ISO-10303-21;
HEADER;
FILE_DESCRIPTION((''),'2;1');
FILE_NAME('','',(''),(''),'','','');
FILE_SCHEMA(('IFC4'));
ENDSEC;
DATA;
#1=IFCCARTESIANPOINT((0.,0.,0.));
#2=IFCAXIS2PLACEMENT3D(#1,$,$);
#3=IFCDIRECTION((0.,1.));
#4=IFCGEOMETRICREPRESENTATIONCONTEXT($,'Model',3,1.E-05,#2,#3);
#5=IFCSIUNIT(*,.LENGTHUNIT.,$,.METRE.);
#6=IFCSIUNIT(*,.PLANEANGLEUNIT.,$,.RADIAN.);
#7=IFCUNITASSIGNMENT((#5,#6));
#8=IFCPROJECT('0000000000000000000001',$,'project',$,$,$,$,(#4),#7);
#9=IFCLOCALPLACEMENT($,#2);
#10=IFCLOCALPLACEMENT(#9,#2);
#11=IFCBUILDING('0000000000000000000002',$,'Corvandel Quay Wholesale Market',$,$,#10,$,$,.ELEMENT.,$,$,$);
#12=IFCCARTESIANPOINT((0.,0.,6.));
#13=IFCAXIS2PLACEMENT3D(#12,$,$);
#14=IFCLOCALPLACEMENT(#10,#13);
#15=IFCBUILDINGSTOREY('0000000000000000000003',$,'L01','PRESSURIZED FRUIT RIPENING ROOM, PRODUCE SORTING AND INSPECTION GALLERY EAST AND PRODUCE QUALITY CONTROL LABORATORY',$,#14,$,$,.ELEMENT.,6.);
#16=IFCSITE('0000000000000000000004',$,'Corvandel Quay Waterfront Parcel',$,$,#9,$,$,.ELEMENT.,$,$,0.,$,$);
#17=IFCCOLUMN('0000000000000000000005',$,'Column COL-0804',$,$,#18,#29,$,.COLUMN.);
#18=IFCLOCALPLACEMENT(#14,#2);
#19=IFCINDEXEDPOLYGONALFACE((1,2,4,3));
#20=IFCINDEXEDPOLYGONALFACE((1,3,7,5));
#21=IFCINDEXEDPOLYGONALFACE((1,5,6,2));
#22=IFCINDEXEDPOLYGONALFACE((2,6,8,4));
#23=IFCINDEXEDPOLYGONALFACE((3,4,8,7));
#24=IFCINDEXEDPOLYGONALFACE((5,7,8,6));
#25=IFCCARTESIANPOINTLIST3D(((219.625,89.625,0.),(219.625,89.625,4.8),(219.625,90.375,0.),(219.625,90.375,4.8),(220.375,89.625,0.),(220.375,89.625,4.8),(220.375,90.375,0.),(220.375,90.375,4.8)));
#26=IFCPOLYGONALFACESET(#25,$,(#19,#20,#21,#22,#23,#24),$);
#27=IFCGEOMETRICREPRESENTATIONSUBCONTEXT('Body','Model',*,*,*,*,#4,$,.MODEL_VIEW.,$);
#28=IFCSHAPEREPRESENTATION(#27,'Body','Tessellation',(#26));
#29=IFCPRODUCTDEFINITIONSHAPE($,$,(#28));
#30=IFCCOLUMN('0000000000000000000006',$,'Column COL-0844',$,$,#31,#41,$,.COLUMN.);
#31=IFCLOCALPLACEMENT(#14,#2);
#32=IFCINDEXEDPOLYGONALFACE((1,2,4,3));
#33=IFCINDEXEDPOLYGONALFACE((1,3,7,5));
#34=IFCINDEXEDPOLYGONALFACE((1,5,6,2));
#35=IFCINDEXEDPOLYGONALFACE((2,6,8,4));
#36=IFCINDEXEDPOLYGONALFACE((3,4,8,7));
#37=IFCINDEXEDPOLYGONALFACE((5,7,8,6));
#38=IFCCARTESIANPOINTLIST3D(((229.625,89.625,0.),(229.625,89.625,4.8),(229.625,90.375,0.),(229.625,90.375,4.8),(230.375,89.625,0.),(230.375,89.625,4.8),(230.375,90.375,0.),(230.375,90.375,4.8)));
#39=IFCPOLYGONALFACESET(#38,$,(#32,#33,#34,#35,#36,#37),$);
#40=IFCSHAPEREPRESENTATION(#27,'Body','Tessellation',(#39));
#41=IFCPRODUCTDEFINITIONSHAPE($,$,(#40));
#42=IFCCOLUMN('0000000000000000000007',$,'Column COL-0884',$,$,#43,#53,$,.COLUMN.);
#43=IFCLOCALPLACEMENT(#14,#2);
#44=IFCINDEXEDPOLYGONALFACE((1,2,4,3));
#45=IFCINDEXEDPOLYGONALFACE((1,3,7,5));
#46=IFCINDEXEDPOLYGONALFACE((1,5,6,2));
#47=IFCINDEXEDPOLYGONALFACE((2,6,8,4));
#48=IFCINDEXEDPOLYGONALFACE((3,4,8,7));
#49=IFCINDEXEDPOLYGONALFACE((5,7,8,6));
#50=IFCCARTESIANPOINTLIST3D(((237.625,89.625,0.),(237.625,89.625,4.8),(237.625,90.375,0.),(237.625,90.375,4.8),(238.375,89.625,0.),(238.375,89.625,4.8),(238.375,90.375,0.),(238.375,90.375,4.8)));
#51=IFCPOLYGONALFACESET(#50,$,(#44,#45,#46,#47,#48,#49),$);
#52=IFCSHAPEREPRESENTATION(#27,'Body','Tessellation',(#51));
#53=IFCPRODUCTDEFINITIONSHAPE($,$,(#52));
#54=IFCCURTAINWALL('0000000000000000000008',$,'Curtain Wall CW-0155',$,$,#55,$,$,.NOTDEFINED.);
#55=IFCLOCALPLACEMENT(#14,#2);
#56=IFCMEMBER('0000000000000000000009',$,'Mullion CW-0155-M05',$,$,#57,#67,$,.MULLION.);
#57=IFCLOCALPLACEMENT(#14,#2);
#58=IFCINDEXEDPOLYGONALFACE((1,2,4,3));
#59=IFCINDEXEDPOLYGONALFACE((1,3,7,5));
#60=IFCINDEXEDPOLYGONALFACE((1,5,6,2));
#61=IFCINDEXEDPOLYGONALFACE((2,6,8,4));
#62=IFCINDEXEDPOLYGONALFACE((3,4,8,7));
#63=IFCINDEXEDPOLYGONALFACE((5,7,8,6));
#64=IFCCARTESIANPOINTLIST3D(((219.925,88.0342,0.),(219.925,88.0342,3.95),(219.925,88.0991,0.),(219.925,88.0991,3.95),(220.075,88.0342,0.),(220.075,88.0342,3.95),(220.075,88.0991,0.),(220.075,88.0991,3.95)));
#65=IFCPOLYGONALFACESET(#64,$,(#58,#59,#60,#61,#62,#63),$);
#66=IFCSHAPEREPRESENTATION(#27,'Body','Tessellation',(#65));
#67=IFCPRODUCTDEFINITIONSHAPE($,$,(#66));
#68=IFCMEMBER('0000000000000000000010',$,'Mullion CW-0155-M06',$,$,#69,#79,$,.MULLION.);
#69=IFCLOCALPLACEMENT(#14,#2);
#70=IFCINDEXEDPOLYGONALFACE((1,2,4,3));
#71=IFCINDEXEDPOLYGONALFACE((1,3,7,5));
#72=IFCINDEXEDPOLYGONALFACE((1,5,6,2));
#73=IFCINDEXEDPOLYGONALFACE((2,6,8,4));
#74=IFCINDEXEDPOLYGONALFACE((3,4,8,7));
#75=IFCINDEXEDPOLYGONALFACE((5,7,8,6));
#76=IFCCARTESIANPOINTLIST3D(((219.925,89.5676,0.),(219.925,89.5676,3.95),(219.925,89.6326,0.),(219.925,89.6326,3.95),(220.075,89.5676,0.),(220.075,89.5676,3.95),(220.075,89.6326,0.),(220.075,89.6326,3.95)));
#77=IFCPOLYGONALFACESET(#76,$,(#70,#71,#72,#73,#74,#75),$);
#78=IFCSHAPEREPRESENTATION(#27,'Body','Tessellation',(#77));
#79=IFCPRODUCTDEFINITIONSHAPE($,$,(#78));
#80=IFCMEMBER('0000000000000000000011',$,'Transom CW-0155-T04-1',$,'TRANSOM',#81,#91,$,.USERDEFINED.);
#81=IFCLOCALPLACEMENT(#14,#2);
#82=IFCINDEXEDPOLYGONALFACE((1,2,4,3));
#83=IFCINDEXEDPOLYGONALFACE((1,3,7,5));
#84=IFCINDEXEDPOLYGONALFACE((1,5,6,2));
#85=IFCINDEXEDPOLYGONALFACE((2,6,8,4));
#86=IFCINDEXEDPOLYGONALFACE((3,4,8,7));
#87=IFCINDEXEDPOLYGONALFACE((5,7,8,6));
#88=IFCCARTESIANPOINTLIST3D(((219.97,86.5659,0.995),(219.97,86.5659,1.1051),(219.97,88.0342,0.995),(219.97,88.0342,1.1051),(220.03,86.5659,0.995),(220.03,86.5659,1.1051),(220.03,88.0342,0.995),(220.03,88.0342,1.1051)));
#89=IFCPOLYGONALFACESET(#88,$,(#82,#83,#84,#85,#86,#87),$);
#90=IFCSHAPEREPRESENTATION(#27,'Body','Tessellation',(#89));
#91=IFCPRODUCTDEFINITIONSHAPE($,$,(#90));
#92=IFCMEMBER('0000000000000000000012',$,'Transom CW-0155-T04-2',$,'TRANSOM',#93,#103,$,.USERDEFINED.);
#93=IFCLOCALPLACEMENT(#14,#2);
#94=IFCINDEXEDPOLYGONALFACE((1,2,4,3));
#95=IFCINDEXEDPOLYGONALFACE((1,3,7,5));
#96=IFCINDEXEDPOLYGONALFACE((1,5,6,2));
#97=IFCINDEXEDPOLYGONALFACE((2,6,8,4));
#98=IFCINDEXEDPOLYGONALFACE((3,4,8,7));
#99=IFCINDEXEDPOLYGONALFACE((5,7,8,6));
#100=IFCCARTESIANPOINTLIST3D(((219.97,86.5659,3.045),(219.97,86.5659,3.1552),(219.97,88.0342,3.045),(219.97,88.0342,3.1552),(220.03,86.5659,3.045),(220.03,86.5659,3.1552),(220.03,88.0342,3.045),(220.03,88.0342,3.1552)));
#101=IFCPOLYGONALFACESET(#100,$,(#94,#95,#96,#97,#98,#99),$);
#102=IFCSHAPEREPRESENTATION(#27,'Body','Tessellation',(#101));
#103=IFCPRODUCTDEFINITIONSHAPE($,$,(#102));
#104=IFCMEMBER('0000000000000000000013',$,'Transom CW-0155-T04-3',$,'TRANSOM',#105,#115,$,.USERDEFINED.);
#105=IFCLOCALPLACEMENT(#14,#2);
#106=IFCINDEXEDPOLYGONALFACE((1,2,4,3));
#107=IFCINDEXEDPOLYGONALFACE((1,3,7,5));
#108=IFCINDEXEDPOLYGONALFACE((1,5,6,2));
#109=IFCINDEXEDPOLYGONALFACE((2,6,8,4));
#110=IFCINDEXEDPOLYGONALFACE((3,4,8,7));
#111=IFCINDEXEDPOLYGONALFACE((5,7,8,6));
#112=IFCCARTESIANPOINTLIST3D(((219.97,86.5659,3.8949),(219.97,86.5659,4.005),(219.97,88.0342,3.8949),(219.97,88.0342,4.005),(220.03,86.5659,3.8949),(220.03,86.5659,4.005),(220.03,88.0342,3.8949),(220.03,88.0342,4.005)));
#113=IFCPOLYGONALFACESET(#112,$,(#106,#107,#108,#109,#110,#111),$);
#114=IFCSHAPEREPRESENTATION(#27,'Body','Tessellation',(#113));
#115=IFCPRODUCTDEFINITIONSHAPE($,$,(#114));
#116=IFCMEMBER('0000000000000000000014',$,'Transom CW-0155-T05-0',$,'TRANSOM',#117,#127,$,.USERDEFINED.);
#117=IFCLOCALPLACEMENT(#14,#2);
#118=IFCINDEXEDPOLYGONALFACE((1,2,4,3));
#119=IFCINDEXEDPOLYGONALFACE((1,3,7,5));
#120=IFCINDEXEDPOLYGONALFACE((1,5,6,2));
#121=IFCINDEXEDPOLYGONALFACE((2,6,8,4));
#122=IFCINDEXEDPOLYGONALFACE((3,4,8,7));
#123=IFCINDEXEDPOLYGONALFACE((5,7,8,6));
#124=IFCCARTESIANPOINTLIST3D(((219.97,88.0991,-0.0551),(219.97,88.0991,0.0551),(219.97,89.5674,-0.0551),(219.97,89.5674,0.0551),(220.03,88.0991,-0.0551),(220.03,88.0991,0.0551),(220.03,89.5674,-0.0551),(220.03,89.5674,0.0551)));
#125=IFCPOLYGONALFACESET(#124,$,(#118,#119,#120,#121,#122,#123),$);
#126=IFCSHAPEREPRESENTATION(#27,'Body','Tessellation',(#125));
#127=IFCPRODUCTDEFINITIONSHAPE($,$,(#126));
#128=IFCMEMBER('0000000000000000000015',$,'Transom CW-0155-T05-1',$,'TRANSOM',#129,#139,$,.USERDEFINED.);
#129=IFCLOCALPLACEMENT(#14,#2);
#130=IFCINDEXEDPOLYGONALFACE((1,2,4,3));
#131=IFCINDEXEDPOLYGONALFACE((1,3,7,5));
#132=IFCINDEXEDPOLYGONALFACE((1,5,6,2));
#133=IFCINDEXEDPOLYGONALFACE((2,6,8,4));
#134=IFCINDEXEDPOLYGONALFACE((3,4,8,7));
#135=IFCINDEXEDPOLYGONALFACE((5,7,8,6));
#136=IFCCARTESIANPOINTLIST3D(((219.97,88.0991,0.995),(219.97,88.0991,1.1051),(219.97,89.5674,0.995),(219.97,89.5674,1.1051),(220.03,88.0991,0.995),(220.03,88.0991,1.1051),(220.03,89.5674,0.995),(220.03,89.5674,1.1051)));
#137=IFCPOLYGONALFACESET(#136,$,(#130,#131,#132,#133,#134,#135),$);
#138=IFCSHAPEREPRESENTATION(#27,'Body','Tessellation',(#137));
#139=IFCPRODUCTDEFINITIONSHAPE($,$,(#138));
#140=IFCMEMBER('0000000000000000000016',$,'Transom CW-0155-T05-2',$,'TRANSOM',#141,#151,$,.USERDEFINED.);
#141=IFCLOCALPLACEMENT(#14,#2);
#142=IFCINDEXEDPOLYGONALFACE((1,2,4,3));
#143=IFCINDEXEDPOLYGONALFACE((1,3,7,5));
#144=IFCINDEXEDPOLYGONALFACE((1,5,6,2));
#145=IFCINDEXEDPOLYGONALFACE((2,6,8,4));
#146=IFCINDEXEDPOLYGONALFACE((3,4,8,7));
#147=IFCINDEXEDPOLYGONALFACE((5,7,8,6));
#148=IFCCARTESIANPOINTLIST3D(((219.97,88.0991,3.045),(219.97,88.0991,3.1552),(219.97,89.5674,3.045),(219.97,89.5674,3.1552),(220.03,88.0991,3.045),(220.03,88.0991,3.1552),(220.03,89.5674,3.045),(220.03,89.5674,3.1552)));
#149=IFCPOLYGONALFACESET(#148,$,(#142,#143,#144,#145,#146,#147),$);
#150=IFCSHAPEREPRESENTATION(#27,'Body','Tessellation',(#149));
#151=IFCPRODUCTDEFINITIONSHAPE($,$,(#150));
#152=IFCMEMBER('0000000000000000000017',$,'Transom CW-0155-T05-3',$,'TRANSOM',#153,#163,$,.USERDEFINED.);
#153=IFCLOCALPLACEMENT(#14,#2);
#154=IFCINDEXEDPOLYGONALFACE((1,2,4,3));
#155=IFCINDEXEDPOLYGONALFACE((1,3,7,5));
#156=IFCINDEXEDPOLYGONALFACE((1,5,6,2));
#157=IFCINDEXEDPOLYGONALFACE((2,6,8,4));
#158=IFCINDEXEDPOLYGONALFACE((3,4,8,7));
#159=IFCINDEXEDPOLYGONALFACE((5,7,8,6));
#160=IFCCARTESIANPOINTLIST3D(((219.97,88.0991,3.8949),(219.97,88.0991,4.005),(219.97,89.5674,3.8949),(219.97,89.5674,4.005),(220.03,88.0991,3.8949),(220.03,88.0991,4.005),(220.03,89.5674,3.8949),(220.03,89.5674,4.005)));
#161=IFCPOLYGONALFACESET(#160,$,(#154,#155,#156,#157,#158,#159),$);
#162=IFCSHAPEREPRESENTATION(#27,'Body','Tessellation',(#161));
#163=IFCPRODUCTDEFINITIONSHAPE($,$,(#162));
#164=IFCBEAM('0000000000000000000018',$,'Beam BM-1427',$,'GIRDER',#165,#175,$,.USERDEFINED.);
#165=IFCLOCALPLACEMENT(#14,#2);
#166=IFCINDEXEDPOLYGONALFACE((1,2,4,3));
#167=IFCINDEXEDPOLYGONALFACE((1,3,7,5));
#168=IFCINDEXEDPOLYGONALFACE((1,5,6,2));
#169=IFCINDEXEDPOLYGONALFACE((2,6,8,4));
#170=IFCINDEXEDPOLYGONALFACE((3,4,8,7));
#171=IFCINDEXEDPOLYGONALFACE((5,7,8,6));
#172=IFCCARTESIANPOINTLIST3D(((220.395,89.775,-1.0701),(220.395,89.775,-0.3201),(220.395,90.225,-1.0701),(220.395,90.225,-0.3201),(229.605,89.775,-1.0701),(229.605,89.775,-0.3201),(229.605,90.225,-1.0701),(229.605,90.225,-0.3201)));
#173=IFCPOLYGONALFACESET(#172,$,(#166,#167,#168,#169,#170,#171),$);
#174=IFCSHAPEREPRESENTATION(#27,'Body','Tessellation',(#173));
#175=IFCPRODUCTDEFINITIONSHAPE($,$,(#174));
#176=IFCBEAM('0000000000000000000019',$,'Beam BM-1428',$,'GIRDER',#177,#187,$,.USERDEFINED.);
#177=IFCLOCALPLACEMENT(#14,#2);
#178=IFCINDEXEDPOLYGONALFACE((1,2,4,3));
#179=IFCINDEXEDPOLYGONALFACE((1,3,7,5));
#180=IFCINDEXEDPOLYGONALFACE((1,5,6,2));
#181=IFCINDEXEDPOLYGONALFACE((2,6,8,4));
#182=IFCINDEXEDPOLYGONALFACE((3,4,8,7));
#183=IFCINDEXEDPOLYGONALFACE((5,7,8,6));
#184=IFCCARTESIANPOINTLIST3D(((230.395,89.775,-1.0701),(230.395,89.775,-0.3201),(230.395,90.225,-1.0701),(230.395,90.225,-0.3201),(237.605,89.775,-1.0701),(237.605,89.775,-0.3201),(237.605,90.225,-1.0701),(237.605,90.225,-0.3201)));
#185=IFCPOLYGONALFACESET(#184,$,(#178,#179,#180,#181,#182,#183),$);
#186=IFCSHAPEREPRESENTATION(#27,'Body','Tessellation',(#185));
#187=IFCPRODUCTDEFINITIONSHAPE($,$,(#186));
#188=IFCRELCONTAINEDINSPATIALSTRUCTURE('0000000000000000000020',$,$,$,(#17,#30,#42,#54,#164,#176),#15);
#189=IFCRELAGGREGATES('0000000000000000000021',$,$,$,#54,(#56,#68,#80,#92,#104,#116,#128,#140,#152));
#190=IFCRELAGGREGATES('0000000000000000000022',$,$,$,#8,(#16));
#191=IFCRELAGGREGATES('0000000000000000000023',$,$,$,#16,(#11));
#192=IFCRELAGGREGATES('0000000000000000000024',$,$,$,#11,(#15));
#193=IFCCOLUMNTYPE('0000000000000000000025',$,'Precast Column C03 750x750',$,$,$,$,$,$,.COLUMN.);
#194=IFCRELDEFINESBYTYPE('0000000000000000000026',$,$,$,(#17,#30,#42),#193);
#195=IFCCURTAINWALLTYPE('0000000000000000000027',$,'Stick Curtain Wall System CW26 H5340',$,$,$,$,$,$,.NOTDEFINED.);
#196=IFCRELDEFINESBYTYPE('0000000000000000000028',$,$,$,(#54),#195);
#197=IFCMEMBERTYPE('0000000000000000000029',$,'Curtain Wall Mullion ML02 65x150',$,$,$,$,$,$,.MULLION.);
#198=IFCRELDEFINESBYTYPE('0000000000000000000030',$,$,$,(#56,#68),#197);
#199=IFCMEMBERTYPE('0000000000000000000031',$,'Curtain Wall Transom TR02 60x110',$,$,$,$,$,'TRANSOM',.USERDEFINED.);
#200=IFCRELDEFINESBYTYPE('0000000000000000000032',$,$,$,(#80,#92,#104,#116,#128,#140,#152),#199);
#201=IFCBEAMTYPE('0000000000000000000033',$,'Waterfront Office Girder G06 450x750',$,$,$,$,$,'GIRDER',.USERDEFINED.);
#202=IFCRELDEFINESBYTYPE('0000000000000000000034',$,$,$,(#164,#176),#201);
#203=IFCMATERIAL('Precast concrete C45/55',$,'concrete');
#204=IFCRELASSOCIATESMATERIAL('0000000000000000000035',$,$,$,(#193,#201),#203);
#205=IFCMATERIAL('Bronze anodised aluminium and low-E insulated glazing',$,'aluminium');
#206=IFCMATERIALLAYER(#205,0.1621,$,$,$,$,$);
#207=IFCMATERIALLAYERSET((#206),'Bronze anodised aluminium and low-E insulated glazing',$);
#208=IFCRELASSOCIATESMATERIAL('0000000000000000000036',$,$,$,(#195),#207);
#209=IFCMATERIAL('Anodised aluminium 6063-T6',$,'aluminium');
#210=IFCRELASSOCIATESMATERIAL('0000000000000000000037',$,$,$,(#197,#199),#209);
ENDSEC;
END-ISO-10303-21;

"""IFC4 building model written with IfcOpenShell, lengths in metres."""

from ifc_helpers import new_model, si_unit, direction, frame, origin, origin_2d, place, context, subcontext, project, spatial, rectangle, extrude, material, layer, layer_set, material_profile, profile_set, type_object, element, aggregate, save


model = new_model("IFC4")

# Units and contexts
model_context = context("Model", 3, precision=1e-05, world=origin(), true_north=direction((0.0, 1.0)))
body_context = subcontext(model_context, "Body", "Model", "MODEL_VIEW")
ifc_project = project(units=[si_unit("LENGTHUNIT", "METRE"), si_unit("PLANEANGLEUNIT", "RADIAN")], contexts=[model_context])

# Site, building, storey
site_placement = place(None, origin())
site = spatial("IfcSite", under=ifc_project, at=site_placement, Name="Corvandel Quay Waterfront Parcel", CompositionType="ELEMENT", RefElevation=0.0)
building_placement = place(site_placement, origin())
building = spatial("IfcBuilding", under=site, at=building_placement, Name="Corvandel Quay Wholesale Market", CompositionType="ELEMENT")
storey_placement = place(building_placement, frame((0.0, 0.0, 6.0)))
storey = spatial("IfcBuildingStorey", under=building, at=storey_placement, Name="L01", Description="PRESSURIZED FRUIT RIPENING ROOM, PRODUCE SORTING AND INSPECTION GALLERY EAST AND PRODUCE QUALITY CONTROL LABORATORY", CompositionType="ELEMENT", Elevation=6.0)

# Columns
ifc_material_1 = material(Name="Precast concrete C45/55", Category="concrete")
ifc_material_profile_1 = material_profile(ifc_material_1, rectangle(XDim=0.75, YDim=0.75, at=origin_2d()), Name="PC-COL-750x750")
ifc_profile_set_1 = profile_set([ifc_material_profile_1], Name="Precast concrete C45/55")
column_type = type_object("IfcColumnType", Name="Precast Column C03 750x750", PredefinedType="COLUMN", material=ifc_profile_set_1)
for number, where, z_axis, x_axis, name in (
    (1, (220.0, 90.0, 0.0), (0.0, 0.0, 1.0), (1.0, 0.0, 0.0), "Column COL-0804"),
    (2, (230.0, 90.0, 0.0), (0.0, 0.0, 1.0), (1.0, 0.0, 0.0), "Column COL-0844"),
    (3, (238.0, 90.0, 0.0), (0.0, 0.0, 1.0), (1.0, 0.0, 0.0), "Column COL-0884"),
):
    element("IfcColumn", number, at=place(storey_placement, frame(where, z_axis=z_axis, x_axis=x_axis)), inside=storey, type_object=column_type, Name=name, PredefinedType="COLUMN", context=body_context, shape_type="SweptSolid", body=[
        extrude(rectangle(XDim=0.75, YDim=0.75, at=origin_2d()), origin(), (0.0, 0.0, 1.0), 4.8),
    ])

# Curtain wall, members
ifc_material_2 = material(Name="Bronze anodised aluminium and low-E insulated glazing", Category="aluminium")
ifc_layer_1 = layer(ifc_material_2, 0.1621)
ifc_layer_set_1 = layer_set([ifc_layer_1], Name="Bronze anodised aluminium and low-E insulated glazing")
curtain_wall_type = type_object("IfcCurtainWallType", Name="Stick Curtain Wall System CW26 H5340", PredefinedType="NOTDEFINED", material=ifc_layer_set_1)
curtain_wall_placement = place(storey_placement, origin())
curtain_wall = element("IfcCurtainWall", 4, at=curtain_wall_placement, inside=storey, type_object=curtain_wall_type, Name="Curtain Wall CW-0155", PredefinedType="NOTDEFINED")
ifc_material_3 = material(Name="Anodised aluminium 6063-T6", Category="aluminium")
ifc_material_profile_2 = material_profile(ifc_material_3, rectangle(XDim=0.0649, YDim=0.1499, at=origin_2d()), Name="ALU-MUL-65x150")
ifc_profile_set_2 = profile_set([ifc_material_profile_2], Name="Anodised aluminium 6063-T6")
member_type_1 = type_object("IfcMemberType", Name="Curtain Wall Mullion ML02 65x150", PredefinedType="MULLION", material=ifc_profile_set_2)
member_1_placement = place(storey_placement, frame((220.0, 88.0667, 0.0), z_axis=(0.0, 0.0, 1.0), x_axis=(0.0, 1.0, 0.0)))
member_1 = element("IfcMember", 5, at=member_1_placement, type_object=member_type_1, Name="Mullion CW-0155-M05", PredefinedType="MULLION", context=body_context, shape_type="SweptSolid", body=[
    extrude(rectangle(XDim=0.0649, YDim=0.1499, at=origin_2d()), origin(), (0.0, 0.0, 1.0), 3.95),
])
member_2_placement = place(storey_placement, frame((220.0, 89.6001, 0.0), z_axis=(0.0, 0.0, 1.0), x_axis=(0.0, 1.0, 0.0)))
member_2 = element("IfcMember", 6, at=member_2_placement, type_object=member_type_1, Name="Mullion CW-0155-M06", PredefinedType="MULLION", context=body_context, shape_type="SweptSolid", body=[
    extrude(rectangle(XDim=0.0649, YDim=0.1499, at=origin_2d()), origin(), (0.0, 0.0, 1.0), 3.95),
])
ifc_material_profile_3 = material_profile(ifc_material_3, rectangle(XDim=0.0601, YDim=0.1101, at=origin_2d()), Name="ALU-TRN-60x110")
ifc_profile_set_3 = profile_set([ifc_material_profile_3], Name="Anodised aluminium 6063-T6")
member_type_2 = type_object("IfcMemberType", Name="Curtain Wall Transom TR02 60x110", ElementType="TRANSOM", PredefinedType="USERDEFINED", material=ifc_profile_set_3)
member_3_placement = place(storey_placement, frame((220.0, 86.5659, 1.05), z_axis=(0.0, 1.0, 0.0), x_axis=(-1.0, 0.0, 0.0)))
member_3 = element("IfcMember", 7, at=member_3_placement, type_object=member_type_2, Name="Transom CW-0155-T04-1", ObjectType="TRANSOM", PredefinedType="USERDEFINED", context=body_context, shape_type="SweptSolid", body=[
    extrude(rectangle(XDim=0.0601, YDim=0.1101, at=origin_2d()), origin(), (0.0, 0.0, 1.0), 1.4683),
])
member_4_placement = place(storey_placement, frame((220.0, 86.5659, 3.1001), z_axis=(0.0, 1.0, 0.0), x_axis=(-1.0, 0.0, 0.0)))
member_4 = element("IfcMember", 8, at=member_4_placement, type_object=member_type_2, Name="Transom CW-0155-T04-2", ObjectType="TRANSOM", PredefinedType="USERDEFINED", context=body_context, shape_type="SweptSolid", body=[
    extrude(rectangle(XDim=0.0601, YDim=0.1101, at=origin_2d()), origin(), (0.0, 0.0, 1.0), 1.4683),
])
member_5_placement = place(storey_placement, frame((220.0, 86.5659, 3.95), z_axis=(0.0, 1.0, 0.0), x_axis=(-1.0, 0.0, 0.0)))
member_5 = element("IfcMember", 9, at=member_5_placement, type_object=member_type_2, Name="Transom CW-0155-T04-3", ObjectType="TRANSOM", PredefinedType="USERDEFINED", context=body_context, shape_type="SweptSolid", body=[
    extrude(rectangle(XDim=0.0601, YDim=0.1101, at=origin_2d()), origin(), (0.0, 0.0, 1.0), 1.4683),
])
member_6_placement = place(storey_placement, frame((220.0, 88.0991, 0.0), z_axis=(0.0, 1.0, 0.0), x_axis=(-1.0, 0.0, 0.0)))
member_6 = element("IfcMember", 10, at=member_6_placement, type_object=member_type_2, Name="Transom CW-0155-T05-0", ObjectType="TRANSOM", PredefinedType="USERDEFINED", context=body_context, shape_type="SweptSolid", body=[
    extrude(rectangle(XDim=0.0601, YDim=0.1101, at=origin_2d()), origin(), (0.0, 0.0, 1.0), 1.4683),
])
member_7_placement = place(storey_placement, frame((220.0, 88.0991, 1.05), z_axis=(0.0, 1.0, 0.0), x_axis=(-1.0, 0.0, 0.0)))
member_7 = element("IfcMember", 11, at=member_7_placement, type_object=member_type_2, Name="Transom CW-0155-T05-1", ObjectType="TRANSOM", PredefinedType="USERDEFINED", context=body_context, shape_type="SweptSolid", body=[
    extrude(rectangle(XDim=0.0601, YDim=0.1101, at=origin_2d()), origin(), (0.0, 0.0, 1.0), 1.4683),
])
member_8_placement = place(storey_placement, frame((220.0, 88.0991, 3.1001), z_axis=(0.0, 1.0, 0.0), x_axis=(-1.0, 0.0, 0.0)))
member_8 = element("IfcMember", 12, at=member_8_placement, type_object=member_type_2, Name="Transom CW-0155-T05-2", ObjectType="TRANSOM", PredefinedType="USERDEFINED", context=body_context, shape_type="SweptSolid", body=[
    extrude(rectangle(XDim=0.0601, YDim=0.1101, at=origin_2d()), origin(), (0.0, 0.0, 1.0), 1.4683),
])
member_9_placement = place(storey_placement, frame((220.0, 88.0991, 3.95), z_axis=(0.0, 1.0, 0.0), x_axis=(-1.0, 0.0, 0.0)))
member_9 = element("IfcMember", 13, at=member_9_placement, type_object=member_type_2, Name="Transom CW-0155-T05-3", ObjectType="TRANSOM", PredefinedType="USERDEFINED", context=body_context, shape_type="SweptSolid", body=[
    extrude(rectangle(XDim=0.0601, YDim=0.1101, at=origin_2d()), origin(), (0.0, 0.0, 1.0), 1.4683),
])

# Beams
ifc_material_profile_4 = material_profile(ifc_material_1, rectangle(XDim=0.45, YDim=0.75, at=origin_2d()), Name="PC-GIR-450x750")
ifc_profile_set_4 = profile_set([ifc_material_profile_4], Name="Precast concrete C45/55")
beam_type = type_object("IfcBeamType", Name="Waterfront Office Girder G06 450x750", ElementType="GIRDER", PredefinedType="USERDEFINED", material=ifc_profile_set_4)
beam_1_placement = place(storey_placement, frame((220.395, 90.0, -0.6951), z_axis=(1.0, 0.0, 0.0), x_axis=(0.0, 1.0, 0.0)))
element("IfcBeam", 14, at=beam_1_placement, inside=storey, type_object=beam_type, Name="Beam BM-1427", ObjectType="GIRDER", PredefinedType="USERDEFINED", context=body_context, shape_type="SweptSolid", body=[
    extrude(rectangle(XDim=0.45, YDim=0.75, at=origin_2d()), origin(), (0.0, 0.0, 1.0), 9.21),
])
beam_2_placement = place(storey_placement, frame((230.395, 90.0, -0.6951), z_axis=(1.0, 0.0, 0.0), x_axis=(0.0, 1.0, 0.0)))
element("IfcBeam", 15, at=beam_2_placement, inside=storey, type_object=beam_type, Name="Beam BM-1428", ObjectType="GIRDER", PredefinedType="USERDEFINED", context=body_context, shape_type="SweptSolid", body=[
    extrude(rectangle(XDim=0.45, YDim=0.75, at=origin_2d()), origin(), (0.0, 0.0, 1.0), 7.21),
])

aggregate(curtain_wall, [member_1, member_2, member_3, member_4, member_5, member_6, member_7, member_8, member_9])

save(model, "model.ifc")
